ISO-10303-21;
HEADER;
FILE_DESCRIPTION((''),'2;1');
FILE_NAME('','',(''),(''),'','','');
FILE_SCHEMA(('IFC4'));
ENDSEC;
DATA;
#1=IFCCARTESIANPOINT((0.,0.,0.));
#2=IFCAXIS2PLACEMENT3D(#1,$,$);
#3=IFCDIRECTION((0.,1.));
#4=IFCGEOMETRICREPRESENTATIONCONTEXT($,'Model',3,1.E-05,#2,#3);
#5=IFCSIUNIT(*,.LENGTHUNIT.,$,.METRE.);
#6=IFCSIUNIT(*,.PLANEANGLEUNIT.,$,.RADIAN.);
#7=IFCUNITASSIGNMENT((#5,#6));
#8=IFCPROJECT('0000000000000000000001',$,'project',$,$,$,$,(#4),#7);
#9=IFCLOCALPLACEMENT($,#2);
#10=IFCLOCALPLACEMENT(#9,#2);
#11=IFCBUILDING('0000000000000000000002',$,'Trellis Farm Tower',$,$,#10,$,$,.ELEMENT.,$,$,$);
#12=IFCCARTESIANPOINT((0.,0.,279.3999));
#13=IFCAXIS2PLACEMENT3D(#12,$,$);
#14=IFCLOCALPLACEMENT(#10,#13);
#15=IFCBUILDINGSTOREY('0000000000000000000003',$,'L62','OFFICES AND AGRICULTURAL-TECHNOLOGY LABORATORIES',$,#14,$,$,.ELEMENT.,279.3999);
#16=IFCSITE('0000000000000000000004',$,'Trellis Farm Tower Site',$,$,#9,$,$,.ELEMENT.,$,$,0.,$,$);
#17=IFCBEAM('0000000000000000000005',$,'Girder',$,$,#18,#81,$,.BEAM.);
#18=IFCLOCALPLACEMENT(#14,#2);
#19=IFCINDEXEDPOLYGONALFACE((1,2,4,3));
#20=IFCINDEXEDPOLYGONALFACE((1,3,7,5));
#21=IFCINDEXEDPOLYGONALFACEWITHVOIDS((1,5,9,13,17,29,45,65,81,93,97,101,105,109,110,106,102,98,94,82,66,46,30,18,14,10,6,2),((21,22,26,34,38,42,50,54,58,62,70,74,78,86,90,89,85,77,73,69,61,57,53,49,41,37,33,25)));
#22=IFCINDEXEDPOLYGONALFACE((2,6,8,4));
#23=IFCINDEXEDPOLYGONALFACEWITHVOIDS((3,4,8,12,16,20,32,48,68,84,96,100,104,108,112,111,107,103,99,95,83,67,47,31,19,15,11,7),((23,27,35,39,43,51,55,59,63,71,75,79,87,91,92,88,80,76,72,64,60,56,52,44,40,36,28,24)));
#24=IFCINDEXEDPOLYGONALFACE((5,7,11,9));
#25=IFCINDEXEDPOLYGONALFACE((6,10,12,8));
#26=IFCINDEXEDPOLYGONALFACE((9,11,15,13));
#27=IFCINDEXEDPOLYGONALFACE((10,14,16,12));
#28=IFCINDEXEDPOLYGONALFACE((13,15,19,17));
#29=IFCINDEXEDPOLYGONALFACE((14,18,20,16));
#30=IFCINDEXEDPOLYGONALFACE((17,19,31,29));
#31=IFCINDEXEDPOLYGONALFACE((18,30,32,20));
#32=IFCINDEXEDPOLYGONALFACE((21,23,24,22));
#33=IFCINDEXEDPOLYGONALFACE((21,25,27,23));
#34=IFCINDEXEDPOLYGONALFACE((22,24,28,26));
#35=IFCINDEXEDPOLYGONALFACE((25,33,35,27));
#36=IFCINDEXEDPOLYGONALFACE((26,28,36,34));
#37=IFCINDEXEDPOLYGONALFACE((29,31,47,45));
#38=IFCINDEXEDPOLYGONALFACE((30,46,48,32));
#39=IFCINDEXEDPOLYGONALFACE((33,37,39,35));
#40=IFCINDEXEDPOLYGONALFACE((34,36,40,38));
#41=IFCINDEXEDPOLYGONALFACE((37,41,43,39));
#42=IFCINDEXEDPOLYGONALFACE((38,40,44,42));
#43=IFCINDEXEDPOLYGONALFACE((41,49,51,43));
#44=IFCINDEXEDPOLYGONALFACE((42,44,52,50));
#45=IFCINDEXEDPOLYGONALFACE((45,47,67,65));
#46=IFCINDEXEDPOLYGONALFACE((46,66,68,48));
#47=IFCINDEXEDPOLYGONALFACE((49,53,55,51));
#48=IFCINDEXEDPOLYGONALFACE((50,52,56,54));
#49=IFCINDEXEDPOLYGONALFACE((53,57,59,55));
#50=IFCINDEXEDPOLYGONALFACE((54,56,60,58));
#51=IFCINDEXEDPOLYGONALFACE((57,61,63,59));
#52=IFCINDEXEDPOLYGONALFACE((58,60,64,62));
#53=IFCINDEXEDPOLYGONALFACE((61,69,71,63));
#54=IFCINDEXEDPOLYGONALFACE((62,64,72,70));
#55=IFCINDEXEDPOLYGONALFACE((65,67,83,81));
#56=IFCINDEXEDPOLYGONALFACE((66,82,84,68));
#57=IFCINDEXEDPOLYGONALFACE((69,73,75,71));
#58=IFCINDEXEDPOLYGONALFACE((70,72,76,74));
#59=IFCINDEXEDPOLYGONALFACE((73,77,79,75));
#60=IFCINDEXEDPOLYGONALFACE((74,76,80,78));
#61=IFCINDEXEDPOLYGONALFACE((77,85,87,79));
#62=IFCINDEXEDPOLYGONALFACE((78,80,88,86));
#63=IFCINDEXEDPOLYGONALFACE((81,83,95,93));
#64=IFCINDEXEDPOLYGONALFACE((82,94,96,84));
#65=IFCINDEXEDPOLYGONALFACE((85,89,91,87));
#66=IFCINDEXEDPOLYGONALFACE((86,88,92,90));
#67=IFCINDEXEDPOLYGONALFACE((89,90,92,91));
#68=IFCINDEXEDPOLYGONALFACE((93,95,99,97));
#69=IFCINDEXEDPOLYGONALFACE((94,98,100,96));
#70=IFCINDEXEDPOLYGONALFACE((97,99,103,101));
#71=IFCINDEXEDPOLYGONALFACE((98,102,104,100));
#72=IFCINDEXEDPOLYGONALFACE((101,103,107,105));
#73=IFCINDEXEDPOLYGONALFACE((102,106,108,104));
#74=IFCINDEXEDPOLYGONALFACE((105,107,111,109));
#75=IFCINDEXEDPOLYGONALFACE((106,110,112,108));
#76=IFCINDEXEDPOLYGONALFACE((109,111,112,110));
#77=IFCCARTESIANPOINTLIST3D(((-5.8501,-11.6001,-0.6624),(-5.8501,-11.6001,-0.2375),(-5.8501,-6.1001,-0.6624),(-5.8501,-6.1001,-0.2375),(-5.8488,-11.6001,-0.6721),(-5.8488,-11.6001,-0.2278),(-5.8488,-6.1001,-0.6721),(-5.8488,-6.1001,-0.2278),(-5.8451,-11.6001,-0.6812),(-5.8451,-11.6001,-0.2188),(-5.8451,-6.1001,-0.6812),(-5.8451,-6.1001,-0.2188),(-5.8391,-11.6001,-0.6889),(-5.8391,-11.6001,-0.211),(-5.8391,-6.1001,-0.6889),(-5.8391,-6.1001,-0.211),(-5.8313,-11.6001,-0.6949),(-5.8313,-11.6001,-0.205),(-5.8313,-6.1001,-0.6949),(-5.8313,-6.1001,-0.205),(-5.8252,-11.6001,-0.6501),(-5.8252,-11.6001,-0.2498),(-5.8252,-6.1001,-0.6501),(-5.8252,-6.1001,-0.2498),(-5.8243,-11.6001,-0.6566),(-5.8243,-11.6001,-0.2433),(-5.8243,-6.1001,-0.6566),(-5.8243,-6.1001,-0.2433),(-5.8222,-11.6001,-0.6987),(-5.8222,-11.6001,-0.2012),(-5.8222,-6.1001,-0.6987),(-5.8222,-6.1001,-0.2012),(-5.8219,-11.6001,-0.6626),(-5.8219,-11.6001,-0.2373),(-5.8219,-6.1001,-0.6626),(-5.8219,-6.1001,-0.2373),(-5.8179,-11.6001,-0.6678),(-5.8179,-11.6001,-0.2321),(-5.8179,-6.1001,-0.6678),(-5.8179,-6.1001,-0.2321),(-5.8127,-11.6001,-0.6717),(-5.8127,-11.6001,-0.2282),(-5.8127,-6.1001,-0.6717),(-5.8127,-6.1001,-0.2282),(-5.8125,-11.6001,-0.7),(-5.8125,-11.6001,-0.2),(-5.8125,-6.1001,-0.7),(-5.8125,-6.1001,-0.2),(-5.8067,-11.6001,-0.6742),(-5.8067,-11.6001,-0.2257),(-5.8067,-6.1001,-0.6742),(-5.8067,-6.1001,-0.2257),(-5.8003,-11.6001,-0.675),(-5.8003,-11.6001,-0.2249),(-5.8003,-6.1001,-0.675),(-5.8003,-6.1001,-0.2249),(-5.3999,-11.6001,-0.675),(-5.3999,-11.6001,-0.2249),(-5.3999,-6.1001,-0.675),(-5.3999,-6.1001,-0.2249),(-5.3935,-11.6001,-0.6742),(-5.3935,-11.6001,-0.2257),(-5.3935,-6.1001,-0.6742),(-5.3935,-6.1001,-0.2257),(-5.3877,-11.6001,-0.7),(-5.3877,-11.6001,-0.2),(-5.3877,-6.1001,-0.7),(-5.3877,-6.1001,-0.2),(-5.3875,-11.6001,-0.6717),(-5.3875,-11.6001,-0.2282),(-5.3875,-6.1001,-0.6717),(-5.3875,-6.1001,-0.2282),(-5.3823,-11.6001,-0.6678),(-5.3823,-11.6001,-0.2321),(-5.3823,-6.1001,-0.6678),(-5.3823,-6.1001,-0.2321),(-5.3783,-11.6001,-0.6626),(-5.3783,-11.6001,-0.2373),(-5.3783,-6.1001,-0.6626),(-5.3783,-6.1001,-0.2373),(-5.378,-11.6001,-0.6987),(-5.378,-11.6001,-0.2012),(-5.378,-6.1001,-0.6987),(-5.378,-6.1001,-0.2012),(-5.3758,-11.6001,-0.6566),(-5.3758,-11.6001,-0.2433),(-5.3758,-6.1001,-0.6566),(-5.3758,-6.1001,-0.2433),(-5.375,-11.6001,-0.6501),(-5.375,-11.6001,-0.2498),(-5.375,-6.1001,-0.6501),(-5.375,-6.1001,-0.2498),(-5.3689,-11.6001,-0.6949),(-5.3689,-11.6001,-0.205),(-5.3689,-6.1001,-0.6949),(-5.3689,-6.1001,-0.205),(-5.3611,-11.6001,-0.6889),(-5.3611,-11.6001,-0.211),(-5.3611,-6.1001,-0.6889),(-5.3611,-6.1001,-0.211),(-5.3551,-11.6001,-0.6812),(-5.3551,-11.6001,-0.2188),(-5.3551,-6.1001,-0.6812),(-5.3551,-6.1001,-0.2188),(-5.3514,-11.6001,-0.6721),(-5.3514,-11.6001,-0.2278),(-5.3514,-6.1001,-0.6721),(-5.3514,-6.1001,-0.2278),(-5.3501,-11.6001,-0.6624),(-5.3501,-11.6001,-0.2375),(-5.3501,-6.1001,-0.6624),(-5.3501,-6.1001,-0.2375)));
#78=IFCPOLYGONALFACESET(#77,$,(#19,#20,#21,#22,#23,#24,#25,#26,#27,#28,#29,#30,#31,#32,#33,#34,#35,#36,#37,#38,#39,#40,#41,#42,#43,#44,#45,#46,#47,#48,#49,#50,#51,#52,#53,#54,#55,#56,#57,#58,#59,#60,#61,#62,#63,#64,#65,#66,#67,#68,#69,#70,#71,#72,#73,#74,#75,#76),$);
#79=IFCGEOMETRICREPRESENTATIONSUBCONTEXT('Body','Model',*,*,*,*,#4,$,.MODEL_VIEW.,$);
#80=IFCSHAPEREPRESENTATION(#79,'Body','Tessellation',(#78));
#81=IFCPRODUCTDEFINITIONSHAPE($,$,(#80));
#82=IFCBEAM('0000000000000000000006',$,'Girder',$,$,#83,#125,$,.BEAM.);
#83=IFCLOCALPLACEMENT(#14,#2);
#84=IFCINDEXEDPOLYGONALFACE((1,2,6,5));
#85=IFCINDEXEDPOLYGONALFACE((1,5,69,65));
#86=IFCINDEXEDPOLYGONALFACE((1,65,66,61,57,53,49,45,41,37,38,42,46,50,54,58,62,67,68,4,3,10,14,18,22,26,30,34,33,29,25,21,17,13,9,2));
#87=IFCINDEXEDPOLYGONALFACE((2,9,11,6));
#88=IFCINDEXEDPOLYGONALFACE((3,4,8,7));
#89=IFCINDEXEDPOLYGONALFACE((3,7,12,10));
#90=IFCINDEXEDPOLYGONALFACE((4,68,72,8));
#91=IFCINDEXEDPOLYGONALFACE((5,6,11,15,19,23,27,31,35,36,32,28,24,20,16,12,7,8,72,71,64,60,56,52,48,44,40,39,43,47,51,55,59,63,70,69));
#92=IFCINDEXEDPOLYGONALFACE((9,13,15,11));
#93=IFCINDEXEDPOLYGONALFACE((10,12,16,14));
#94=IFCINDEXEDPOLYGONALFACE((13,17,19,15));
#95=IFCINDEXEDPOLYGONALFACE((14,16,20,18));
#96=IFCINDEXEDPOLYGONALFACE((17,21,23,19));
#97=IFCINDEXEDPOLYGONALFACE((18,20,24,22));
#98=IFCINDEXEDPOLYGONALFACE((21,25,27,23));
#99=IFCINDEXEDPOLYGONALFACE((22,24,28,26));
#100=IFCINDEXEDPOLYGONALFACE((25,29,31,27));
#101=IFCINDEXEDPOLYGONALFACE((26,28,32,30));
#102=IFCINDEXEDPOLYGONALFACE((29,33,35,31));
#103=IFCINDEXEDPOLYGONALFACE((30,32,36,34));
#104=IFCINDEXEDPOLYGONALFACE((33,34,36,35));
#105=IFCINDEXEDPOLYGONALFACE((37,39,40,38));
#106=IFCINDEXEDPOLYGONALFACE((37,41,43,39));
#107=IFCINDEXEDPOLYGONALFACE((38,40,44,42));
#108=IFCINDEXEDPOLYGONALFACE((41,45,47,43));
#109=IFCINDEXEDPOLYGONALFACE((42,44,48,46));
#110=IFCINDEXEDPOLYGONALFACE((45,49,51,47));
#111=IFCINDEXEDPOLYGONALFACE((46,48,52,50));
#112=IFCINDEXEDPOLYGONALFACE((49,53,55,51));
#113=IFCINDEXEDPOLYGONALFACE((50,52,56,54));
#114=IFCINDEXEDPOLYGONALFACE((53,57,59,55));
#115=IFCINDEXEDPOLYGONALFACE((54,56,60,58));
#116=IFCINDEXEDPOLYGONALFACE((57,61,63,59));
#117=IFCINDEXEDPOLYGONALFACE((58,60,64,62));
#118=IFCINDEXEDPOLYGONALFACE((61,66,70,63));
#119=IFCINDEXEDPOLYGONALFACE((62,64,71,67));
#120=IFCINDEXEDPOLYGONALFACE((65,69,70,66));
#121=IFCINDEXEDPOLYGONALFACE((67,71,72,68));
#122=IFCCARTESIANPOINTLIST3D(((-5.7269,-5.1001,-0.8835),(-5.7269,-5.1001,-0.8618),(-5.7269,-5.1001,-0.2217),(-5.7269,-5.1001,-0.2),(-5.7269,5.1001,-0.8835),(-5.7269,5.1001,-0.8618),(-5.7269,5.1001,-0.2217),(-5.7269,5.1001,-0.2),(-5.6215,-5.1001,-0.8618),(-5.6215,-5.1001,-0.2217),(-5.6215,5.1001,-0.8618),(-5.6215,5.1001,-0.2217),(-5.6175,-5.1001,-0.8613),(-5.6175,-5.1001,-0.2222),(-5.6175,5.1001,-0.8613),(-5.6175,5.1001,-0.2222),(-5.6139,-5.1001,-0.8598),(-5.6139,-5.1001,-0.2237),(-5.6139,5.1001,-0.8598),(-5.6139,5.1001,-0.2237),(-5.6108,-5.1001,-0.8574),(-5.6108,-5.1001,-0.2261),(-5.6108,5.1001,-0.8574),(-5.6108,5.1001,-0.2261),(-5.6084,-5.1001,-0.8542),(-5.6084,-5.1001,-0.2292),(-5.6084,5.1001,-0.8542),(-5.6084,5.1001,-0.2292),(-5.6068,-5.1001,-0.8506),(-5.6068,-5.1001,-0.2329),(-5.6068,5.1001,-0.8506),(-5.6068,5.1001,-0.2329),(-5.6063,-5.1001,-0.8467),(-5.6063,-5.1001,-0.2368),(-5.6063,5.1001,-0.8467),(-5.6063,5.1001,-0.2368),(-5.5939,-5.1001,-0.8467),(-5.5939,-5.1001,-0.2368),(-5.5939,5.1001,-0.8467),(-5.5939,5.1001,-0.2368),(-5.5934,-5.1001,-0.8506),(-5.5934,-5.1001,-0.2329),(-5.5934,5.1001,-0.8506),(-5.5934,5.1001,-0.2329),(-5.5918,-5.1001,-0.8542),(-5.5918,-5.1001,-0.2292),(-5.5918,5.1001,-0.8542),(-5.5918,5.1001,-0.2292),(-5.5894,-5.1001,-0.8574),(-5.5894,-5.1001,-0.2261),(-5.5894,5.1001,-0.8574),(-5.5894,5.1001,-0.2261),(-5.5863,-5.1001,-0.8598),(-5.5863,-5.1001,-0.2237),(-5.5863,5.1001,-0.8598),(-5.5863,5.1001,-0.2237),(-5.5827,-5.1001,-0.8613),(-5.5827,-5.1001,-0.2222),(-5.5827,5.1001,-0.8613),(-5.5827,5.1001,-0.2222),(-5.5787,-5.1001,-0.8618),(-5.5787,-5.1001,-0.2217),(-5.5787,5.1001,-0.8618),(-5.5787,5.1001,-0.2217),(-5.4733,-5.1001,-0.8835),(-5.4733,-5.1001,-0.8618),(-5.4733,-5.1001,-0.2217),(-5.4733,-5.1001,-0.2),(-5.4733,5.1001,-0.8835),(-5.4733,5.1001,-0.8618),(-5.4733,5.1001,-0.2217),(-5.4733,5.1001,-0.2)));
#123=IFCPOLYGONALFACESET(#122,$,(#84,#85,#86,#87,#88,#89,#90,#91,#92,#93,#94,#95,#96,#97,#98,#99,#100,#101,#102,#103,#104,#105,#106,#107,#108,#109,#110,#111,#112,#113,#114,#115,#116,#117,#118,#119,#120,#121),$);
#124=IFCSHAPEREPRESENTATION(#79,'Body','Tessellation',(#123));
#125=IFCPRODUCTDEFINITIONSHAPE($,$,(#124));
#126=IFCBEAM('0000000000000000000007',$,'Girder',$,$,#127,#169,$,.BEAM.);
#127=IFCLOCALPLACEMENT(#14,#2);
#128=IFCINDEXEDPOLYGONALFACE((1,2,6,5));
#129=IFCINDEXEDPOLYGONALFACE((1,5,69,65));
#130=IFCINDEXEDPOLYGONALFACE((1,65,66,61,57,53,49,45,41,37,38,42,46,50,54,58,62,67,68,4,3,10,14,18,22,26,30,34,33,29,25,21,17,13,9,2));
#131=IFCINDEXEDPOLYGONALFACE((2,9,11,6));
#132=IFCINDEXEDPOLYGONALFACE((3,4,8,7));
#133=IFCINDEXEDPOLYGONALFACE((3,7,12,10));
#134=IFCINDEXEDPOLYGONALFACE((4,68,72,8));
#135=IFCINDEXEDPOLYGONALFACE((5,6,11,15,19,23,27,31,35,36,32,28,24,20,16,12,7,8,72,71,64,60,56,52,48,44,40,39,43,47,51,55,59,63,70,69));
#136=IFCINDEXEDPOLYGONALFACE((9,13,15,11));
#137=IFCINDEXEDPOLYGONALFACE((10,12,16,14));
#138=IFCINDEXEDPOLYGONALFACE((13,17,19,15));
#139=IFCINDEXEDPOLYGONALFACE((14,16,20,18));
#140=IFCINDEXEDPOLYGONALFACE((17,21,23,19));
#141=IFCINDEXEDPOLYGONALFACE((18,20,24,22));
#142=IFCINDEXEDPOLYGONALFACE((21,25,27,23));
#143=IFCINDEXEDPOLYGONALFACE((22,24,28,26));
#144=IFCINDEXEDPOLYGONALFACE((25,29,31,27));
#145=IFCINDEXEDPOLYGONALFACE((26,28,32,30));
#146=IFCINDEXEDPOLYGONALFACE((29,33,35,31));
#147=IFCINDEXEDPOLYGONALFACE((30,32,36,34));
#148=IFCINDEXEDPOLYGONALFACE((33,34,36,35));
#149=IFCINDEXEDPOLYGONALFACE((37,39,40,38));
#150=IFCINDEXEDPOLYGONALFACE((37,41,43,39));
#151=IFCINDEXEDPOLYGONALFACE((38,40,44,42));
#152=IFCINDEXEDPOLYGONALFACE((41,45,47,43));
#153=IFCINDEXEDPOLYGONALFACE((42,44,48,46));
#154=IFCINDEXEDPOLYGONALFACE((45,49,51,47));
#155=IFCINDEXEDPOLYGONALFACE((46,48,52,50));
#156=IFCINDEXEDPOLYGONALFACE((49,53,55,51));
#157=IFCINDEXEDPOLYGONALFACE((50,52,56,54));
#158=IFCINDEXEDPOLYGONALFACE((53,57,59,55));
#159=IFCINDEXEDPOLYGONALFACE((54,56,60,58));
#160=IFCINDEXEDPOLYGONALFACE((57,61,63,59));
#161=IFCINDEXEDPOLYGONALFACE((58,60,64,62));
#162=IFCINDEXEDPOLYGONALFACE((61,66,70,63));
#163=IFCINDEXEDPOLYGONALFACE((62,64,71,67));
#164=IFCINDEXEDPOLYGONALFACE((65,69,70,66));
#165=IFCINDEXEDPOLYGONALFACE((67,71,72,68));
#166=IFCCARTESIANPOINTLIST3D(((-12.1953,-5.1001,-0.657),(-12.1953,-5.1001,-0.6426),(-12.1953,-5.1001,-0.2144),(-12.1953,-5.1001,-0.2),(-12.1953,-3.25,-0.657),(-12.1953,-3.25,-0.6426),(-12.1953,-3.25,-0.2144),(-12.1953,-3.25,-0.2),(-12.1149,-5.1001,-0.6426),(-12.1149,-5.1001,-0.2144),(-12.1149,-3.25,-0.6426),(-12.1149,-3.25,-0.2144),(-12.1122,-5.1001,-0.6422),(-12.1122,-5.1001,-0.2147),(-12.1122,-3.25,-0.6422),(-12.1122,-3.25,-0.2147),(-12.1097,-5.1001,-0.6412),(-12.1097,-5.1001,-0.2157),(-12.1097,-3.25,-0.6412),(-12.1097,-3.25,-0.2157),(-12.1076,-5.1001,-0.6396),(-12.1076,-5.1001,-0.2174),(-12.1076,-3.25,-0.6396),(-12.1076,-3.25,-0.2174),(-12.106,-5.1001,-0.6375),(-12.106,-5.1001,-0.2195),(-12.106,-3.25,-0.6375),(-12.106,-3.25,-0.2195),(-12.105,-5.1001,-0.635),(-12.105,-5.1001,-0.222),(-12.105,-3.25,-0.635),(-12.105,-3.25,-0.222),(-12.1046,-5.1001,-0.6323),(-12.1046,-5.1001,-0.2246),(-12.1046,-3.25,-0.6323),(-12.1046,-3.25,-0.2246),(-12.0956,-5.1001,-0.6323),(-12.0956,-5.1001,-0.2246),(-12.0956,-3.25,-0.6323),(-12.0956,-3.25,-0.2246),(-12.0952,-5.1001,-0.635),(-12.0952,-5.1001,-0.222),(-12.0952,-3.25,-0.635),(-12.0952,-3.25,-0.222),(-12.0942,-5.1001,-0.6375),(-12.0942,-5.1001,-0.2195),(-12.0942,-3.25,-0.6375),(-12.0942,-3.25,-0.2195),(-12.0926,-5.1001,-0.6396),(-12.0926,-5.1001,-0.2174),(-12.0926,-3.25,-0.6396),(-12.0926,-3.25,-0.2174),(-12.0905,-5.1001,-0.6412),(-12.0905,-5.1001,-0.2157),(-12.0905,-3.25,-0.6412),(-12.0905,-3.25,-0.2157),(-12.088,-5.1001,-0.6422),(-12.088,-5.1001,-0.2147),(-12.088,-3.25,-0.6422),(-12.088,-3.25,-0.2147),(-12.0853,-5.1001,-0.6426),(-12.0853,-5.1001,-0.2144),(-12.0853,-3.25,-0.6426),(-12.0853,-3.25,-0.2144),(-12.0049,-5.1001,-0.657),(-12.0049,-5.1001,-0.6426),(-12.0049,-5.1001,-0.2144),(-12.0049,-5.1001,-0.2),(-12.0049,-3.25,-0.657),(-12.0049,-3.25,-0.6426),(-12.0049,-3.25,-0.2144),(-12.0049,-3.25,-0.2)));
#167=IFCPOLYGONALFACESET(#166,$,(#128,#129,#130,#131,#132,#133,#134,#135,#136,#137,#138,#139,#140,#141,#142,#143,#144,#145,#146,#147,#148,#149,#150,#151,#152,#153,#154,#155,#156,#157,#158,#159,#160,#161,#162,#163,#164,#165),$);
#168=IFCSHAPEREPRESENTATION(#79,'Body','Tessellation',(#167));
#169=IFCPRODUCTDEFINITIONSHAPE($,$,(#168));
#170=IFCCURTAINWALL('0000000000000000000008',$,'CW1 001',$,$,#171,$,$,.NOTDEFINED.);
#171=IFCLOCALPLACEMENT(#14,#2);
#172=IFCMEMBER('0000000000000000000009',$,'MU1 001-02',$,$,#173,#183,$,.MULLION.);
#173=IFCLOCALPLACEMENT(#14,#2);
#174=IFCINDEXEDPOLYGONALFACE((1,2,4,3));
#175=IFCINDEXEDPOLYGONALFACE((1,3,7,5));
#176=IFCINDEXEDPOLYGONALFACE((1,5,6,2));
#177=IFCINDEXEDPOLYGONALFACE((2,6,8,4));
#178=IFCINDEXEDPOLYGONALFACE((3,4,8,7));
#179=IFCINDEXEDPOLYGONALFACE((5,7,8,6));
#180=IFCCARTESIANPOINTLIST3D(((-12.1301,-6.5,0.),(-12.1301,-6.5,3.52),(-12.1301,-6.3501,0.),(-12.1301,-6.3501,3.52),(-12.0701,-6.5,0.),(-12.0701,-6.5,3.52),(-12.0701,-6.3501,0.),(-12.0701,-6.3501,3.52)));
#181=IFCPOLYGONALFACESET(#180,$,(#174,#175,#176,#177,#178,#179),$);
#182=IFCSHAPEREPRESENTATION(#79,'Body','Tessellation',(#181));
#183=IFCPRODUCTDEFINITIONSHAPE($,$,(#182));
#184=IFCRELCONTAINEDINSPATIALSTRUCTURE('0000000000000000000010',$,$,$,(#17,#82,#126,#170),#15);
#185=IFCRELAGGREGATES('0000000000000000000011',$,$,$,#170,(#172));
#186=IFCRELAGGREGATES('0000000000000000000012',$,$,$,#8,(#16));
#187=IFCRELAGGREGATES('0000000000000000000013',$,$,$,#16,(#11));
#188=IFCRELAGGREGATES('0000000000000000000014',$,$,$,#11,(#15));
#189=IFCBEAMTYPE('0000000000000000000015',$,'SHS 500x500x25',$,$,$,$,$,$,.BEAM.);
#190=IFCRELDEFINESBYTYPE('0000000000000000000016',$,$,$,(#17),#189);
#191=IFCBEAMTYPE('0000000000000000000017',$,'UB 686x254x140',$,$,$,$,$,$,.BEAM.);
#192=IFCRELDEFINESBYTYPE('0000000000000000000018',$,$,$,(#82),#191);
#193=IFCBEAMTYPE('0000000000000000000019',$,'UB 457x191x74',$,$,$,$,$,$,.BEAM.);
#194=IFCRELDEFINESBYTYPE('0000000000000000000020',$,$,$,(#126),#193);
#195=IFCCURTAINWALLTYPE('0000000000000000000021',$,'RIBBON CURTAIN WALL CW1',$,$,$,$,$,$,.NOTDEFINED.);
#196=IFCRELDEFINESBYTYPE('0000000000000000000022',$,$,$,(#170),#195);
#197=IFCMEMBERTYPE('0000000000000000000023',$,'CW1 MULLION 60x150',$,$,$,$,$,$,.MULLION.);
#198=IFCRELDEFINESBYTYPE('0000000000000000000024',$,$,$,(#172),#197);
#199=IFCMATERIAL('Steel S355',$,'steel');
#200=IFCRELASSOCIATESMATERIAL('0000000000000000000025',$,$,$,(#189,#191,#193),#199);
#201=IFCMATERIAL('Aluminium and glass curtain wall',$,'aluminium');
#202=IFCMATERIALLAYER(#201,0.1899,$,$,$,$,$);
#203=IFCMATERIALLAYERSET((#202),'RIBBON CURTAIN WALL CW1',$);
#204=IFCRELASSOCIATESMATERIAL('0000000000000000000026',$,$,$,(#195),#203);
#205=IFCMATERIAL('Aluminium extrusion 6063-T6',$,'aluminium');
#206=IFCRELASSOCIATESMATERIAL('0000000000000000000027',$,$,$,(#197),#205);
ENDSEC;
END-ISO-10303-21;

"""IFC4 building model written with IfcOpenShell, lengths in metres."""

from ifc_helpers import new_model, si_unit, direction, frame, origin, origin_2d, place, context, subcontext, project, spatial, rectangle, hollow_rectangle, i_section, extrude, source, transform, mapped, material, layer, layer_set, material_profile, profile_set, type_object, element, aggregate, save


model = new_model("IFC4")

# Units and contexts
model_context = context("Model", 3, precision=1e-05, world=origin(), true_north=direction((0.0, 1.0)))
body_context = subcontext(model_context, "Body", "Model", "MODEL_VIEW")
ifc_project = project(units=[si_unit("LENGTHUNIT", "METRE"), si_unit("PLANEANGLEUNIT", "RADIAN")], contexts=[model_context])

# Site, building, storey
site_placement = place(None, origin())
site = spatial("IfcSite", under=ifc_project, at=site_placement, Name="Trellis Farm Tower Site", CompositionType="ELEMENT", RefElevation=0.0)
building_placement = place(site_placement, origin())
building = spatial("IfcBuilding", under=site, at=building_placement, Name="Trellis Farm Tower", CompositionType="ELEMENT")
storey_placement = place(building_placement, frame((0.0, 0.0, 279.3999)))
storey = spatial("IfcBuildingStorey", under=building, at=storey_placement, Name="L62", Description="OFFICES AND AGRICULTURAL-TECHNOLOGY LABORATORIES", CompositionType="ELEMENT", Elevation=279.3999)

# Beams
ifc_material_1 = material(Name="Steel S355", Category="steel")
ifc_material_profile_1 = material_profile(ifc_material_1, hollow_rectangle(XDim=0.5, YDim=0.5, WallThickness=0.0249, InnerFilletRadius=0.0249, OuterFilletRadius=0.0376, at=origin_2d()), Name="SHS 500x500x25")
ifc_profile_set_1 = profile_set([ifc_material_profile_1], Name="Steel S355")
beam_type_1 = type_object("IfcBeamType", Name="SHS 500x500x25", PredefinedType="BEAM", material=ifc_profile_set_1)
shared_shape_1 = source(origin(), body_context, "Body", "SweptSolid", [
    extrude(hollow_rectangle(XDim=0.5, YDim=0.5, WallThickness=0.0249, InnerFilletRadius=0.0249, OuterFilletRadius=0.0376, at=origin_2d()), origin(), (0.0, 0.0, 1.0), 5.5),
])
for number, where, z_axis, x_axis, name in (
    (1, (-5.6001, -11.6001, -0.45), (0.0, 1.0, 0.0), (-1.0, 0.0, 0.0), "Girder"),
):
    element("IfcBeam", number, at=place(storey_placement, frame(where, z_axis=z_axis, x_axis=x_axis)), inside=storey, type_object=beam_type_1, Name=name, PredefinedType="BEAM", context=body_context, shape_type="MappedRepresentation", body=[
        mapped(shared_shape_1, transform((0.0, 0.0, 0.0))),
    ])
ifc_material_profile_2 = material_profile(ifc_material_1, i_section(OverallWidth=0.2537, OverallDepth=0.6836, WebThickness=0.0125, FlangeThickness=0.0217, FilletRadius=0.0151, at=origin_2d()), Name="UB 686x254x140")
ifc_profile_set_2 = profile_set([ifc_material_profile_2], Name="Steel S355")
beam_type_2 = type_object("IfcBeamType", Name="UB 686x254x140", PredefinedType="BEAM", material=ifc_profile_set_2)
shared_shape_2 = source(origin(), body_context, "Body", "SweptSolid", [
    extrude(i_section(OverallWidth=0.2537, OverallDepth=0.6836, WebThickness=0.0125, FlangeThickness=0.0217, FilletRadius=0.0151, at=origin_2d()), origin(), (0.0, 0.0, 1.0), 10.2002),
])
beam_1_placement = place(storey_placement, frame((-5.6001, -5.1001, -0.5417), z_axis=(0.0, 1.0, 0.0), x_axis=(-1.0, 0.0, 0.0)))
element("IfcBeam", 2, at=beam_1_placement, inside=storey, type_object=beam_type_2, Name="Girder", PredefinedType="BEAM", context=body_context, shape_type="MappedRepresentation", body=[
    mapped(shared_shape_2, transform((0.0, 0.0, 0.0))),
])
ifc_material_profile_3 = material_profile(ifc_material_1, i_section(OverallWidth=0.1904, OverallDepth=0.457, WebThickness=0.009, FlangeThickness=0.0144, FilletRadius=0.0103, at=origin_2d()), Name="UB 457x191x74")
ifc_profile_set_3 = profile_set([ifc_material_profile_3], Name="Steel S355")
beam_type_3 = type_object("IfcBeamType", Name="UB 457x191x74", PredefinedType="BEAM", material=ifc_profile_set_3)
shared_shape_3 = source(origin(), body_context, "Body", "SweptSolid", [
    extrude(i_section(OverallWidth=0.1904, OverallDepth=0.457, WebThickness=0.009, FlangeThickness=0.0144, FilletRadius=0.0103, at=origin_2d()), origin(), (0.0, 0.0, 1.0), 1.8501),
])
beam_2_placement = place(storey_placement, frame((-12.1001, -5.1001, -0.4285), z_axis=(0.0, 1.0, 0.0), x_axis=(-1.0, 0.0, 0.0)))
element("IfcBeam", 3, at=beam_2_placement, inside=storey, type_object=beam_type_3, Name="Girder", PredefinedType="BEAM", context=body_context, shape_type="MappedRepresentation", body=[
    mapped(shared_shape_3, transform((0.0, 0.0, 0.0))),
])

# Curtain wall, member
ifc_material_2 = material(Name="Aluminium and glass curtain wall", Category="aluminium")
ifc_layer_1 = layer(ifc_material_2, 0.1899)
ifc_layer_set_1 = layer_set([ifc_layer_1], Name="RIBBON CURTAIN WALL CW1")
curtain_wall_type_1 = type_object("IfcCurtainWallType", Name="RIBBON CURTAIN WALL CW1", PredefinedType="NOTDEFINED", material=ifc_layer_set_1)
placement = place(storey_placement, origin())
curtain_wall_1 = element("IfcCurtainWall", 4, at=placement, inside=storey, type_object=curtain_wall_type_1, Name="CW1 001", PredefinedType="NOTDEFINED")
ifc_material_3 = material(Name="Aluminium extrusion 6063-T6", Category="aluminium")
ifc_material_profile_4 = material_profile(ifc_material_3, rectangle(XDim=0.0601, YDim=0.1499, at=origin_2d()), Name="MULLION 60x150")
ifc_profile_set_4 = profile_set([ifc_material_profile_4], Name="Aluminium extrusion 6063-T6")
member_type_1 = type_object("IfcMemberType", Name="CW1 MULLION 60x150", PredefinedType="MULLION", material=ifc_profile_set_4)
shared_shape_4 = source(origin(), body_context, "Body", "SweptSolid", [
    extrude(rectangle(XDim=0.0601, YDim=0.1499, at=origin_2d()), origin(), (0.0, 0.0, 1.0), 3.52),
])
member_1_placement = place(storey_placement, frame((-12.1001, -6.425, 0.0), z_axis=(0.0, 0.0, 1.0), x_axis=(1.0, 0.0, 0.0)))
member_1 = element("IfcMember", 5, at=member_1_placement, type_object=member_type_1, Name="MU1 001-02", PredefinedType="MULLION", context=body_context, shape_type="MappedRepresentation", body=[
    mapped(shared_shape_4, transform((0.0, 0.0, 0.0))),
])
aggregate(curtain_wall_1, [member_1])

save(model, "model.ifc")
